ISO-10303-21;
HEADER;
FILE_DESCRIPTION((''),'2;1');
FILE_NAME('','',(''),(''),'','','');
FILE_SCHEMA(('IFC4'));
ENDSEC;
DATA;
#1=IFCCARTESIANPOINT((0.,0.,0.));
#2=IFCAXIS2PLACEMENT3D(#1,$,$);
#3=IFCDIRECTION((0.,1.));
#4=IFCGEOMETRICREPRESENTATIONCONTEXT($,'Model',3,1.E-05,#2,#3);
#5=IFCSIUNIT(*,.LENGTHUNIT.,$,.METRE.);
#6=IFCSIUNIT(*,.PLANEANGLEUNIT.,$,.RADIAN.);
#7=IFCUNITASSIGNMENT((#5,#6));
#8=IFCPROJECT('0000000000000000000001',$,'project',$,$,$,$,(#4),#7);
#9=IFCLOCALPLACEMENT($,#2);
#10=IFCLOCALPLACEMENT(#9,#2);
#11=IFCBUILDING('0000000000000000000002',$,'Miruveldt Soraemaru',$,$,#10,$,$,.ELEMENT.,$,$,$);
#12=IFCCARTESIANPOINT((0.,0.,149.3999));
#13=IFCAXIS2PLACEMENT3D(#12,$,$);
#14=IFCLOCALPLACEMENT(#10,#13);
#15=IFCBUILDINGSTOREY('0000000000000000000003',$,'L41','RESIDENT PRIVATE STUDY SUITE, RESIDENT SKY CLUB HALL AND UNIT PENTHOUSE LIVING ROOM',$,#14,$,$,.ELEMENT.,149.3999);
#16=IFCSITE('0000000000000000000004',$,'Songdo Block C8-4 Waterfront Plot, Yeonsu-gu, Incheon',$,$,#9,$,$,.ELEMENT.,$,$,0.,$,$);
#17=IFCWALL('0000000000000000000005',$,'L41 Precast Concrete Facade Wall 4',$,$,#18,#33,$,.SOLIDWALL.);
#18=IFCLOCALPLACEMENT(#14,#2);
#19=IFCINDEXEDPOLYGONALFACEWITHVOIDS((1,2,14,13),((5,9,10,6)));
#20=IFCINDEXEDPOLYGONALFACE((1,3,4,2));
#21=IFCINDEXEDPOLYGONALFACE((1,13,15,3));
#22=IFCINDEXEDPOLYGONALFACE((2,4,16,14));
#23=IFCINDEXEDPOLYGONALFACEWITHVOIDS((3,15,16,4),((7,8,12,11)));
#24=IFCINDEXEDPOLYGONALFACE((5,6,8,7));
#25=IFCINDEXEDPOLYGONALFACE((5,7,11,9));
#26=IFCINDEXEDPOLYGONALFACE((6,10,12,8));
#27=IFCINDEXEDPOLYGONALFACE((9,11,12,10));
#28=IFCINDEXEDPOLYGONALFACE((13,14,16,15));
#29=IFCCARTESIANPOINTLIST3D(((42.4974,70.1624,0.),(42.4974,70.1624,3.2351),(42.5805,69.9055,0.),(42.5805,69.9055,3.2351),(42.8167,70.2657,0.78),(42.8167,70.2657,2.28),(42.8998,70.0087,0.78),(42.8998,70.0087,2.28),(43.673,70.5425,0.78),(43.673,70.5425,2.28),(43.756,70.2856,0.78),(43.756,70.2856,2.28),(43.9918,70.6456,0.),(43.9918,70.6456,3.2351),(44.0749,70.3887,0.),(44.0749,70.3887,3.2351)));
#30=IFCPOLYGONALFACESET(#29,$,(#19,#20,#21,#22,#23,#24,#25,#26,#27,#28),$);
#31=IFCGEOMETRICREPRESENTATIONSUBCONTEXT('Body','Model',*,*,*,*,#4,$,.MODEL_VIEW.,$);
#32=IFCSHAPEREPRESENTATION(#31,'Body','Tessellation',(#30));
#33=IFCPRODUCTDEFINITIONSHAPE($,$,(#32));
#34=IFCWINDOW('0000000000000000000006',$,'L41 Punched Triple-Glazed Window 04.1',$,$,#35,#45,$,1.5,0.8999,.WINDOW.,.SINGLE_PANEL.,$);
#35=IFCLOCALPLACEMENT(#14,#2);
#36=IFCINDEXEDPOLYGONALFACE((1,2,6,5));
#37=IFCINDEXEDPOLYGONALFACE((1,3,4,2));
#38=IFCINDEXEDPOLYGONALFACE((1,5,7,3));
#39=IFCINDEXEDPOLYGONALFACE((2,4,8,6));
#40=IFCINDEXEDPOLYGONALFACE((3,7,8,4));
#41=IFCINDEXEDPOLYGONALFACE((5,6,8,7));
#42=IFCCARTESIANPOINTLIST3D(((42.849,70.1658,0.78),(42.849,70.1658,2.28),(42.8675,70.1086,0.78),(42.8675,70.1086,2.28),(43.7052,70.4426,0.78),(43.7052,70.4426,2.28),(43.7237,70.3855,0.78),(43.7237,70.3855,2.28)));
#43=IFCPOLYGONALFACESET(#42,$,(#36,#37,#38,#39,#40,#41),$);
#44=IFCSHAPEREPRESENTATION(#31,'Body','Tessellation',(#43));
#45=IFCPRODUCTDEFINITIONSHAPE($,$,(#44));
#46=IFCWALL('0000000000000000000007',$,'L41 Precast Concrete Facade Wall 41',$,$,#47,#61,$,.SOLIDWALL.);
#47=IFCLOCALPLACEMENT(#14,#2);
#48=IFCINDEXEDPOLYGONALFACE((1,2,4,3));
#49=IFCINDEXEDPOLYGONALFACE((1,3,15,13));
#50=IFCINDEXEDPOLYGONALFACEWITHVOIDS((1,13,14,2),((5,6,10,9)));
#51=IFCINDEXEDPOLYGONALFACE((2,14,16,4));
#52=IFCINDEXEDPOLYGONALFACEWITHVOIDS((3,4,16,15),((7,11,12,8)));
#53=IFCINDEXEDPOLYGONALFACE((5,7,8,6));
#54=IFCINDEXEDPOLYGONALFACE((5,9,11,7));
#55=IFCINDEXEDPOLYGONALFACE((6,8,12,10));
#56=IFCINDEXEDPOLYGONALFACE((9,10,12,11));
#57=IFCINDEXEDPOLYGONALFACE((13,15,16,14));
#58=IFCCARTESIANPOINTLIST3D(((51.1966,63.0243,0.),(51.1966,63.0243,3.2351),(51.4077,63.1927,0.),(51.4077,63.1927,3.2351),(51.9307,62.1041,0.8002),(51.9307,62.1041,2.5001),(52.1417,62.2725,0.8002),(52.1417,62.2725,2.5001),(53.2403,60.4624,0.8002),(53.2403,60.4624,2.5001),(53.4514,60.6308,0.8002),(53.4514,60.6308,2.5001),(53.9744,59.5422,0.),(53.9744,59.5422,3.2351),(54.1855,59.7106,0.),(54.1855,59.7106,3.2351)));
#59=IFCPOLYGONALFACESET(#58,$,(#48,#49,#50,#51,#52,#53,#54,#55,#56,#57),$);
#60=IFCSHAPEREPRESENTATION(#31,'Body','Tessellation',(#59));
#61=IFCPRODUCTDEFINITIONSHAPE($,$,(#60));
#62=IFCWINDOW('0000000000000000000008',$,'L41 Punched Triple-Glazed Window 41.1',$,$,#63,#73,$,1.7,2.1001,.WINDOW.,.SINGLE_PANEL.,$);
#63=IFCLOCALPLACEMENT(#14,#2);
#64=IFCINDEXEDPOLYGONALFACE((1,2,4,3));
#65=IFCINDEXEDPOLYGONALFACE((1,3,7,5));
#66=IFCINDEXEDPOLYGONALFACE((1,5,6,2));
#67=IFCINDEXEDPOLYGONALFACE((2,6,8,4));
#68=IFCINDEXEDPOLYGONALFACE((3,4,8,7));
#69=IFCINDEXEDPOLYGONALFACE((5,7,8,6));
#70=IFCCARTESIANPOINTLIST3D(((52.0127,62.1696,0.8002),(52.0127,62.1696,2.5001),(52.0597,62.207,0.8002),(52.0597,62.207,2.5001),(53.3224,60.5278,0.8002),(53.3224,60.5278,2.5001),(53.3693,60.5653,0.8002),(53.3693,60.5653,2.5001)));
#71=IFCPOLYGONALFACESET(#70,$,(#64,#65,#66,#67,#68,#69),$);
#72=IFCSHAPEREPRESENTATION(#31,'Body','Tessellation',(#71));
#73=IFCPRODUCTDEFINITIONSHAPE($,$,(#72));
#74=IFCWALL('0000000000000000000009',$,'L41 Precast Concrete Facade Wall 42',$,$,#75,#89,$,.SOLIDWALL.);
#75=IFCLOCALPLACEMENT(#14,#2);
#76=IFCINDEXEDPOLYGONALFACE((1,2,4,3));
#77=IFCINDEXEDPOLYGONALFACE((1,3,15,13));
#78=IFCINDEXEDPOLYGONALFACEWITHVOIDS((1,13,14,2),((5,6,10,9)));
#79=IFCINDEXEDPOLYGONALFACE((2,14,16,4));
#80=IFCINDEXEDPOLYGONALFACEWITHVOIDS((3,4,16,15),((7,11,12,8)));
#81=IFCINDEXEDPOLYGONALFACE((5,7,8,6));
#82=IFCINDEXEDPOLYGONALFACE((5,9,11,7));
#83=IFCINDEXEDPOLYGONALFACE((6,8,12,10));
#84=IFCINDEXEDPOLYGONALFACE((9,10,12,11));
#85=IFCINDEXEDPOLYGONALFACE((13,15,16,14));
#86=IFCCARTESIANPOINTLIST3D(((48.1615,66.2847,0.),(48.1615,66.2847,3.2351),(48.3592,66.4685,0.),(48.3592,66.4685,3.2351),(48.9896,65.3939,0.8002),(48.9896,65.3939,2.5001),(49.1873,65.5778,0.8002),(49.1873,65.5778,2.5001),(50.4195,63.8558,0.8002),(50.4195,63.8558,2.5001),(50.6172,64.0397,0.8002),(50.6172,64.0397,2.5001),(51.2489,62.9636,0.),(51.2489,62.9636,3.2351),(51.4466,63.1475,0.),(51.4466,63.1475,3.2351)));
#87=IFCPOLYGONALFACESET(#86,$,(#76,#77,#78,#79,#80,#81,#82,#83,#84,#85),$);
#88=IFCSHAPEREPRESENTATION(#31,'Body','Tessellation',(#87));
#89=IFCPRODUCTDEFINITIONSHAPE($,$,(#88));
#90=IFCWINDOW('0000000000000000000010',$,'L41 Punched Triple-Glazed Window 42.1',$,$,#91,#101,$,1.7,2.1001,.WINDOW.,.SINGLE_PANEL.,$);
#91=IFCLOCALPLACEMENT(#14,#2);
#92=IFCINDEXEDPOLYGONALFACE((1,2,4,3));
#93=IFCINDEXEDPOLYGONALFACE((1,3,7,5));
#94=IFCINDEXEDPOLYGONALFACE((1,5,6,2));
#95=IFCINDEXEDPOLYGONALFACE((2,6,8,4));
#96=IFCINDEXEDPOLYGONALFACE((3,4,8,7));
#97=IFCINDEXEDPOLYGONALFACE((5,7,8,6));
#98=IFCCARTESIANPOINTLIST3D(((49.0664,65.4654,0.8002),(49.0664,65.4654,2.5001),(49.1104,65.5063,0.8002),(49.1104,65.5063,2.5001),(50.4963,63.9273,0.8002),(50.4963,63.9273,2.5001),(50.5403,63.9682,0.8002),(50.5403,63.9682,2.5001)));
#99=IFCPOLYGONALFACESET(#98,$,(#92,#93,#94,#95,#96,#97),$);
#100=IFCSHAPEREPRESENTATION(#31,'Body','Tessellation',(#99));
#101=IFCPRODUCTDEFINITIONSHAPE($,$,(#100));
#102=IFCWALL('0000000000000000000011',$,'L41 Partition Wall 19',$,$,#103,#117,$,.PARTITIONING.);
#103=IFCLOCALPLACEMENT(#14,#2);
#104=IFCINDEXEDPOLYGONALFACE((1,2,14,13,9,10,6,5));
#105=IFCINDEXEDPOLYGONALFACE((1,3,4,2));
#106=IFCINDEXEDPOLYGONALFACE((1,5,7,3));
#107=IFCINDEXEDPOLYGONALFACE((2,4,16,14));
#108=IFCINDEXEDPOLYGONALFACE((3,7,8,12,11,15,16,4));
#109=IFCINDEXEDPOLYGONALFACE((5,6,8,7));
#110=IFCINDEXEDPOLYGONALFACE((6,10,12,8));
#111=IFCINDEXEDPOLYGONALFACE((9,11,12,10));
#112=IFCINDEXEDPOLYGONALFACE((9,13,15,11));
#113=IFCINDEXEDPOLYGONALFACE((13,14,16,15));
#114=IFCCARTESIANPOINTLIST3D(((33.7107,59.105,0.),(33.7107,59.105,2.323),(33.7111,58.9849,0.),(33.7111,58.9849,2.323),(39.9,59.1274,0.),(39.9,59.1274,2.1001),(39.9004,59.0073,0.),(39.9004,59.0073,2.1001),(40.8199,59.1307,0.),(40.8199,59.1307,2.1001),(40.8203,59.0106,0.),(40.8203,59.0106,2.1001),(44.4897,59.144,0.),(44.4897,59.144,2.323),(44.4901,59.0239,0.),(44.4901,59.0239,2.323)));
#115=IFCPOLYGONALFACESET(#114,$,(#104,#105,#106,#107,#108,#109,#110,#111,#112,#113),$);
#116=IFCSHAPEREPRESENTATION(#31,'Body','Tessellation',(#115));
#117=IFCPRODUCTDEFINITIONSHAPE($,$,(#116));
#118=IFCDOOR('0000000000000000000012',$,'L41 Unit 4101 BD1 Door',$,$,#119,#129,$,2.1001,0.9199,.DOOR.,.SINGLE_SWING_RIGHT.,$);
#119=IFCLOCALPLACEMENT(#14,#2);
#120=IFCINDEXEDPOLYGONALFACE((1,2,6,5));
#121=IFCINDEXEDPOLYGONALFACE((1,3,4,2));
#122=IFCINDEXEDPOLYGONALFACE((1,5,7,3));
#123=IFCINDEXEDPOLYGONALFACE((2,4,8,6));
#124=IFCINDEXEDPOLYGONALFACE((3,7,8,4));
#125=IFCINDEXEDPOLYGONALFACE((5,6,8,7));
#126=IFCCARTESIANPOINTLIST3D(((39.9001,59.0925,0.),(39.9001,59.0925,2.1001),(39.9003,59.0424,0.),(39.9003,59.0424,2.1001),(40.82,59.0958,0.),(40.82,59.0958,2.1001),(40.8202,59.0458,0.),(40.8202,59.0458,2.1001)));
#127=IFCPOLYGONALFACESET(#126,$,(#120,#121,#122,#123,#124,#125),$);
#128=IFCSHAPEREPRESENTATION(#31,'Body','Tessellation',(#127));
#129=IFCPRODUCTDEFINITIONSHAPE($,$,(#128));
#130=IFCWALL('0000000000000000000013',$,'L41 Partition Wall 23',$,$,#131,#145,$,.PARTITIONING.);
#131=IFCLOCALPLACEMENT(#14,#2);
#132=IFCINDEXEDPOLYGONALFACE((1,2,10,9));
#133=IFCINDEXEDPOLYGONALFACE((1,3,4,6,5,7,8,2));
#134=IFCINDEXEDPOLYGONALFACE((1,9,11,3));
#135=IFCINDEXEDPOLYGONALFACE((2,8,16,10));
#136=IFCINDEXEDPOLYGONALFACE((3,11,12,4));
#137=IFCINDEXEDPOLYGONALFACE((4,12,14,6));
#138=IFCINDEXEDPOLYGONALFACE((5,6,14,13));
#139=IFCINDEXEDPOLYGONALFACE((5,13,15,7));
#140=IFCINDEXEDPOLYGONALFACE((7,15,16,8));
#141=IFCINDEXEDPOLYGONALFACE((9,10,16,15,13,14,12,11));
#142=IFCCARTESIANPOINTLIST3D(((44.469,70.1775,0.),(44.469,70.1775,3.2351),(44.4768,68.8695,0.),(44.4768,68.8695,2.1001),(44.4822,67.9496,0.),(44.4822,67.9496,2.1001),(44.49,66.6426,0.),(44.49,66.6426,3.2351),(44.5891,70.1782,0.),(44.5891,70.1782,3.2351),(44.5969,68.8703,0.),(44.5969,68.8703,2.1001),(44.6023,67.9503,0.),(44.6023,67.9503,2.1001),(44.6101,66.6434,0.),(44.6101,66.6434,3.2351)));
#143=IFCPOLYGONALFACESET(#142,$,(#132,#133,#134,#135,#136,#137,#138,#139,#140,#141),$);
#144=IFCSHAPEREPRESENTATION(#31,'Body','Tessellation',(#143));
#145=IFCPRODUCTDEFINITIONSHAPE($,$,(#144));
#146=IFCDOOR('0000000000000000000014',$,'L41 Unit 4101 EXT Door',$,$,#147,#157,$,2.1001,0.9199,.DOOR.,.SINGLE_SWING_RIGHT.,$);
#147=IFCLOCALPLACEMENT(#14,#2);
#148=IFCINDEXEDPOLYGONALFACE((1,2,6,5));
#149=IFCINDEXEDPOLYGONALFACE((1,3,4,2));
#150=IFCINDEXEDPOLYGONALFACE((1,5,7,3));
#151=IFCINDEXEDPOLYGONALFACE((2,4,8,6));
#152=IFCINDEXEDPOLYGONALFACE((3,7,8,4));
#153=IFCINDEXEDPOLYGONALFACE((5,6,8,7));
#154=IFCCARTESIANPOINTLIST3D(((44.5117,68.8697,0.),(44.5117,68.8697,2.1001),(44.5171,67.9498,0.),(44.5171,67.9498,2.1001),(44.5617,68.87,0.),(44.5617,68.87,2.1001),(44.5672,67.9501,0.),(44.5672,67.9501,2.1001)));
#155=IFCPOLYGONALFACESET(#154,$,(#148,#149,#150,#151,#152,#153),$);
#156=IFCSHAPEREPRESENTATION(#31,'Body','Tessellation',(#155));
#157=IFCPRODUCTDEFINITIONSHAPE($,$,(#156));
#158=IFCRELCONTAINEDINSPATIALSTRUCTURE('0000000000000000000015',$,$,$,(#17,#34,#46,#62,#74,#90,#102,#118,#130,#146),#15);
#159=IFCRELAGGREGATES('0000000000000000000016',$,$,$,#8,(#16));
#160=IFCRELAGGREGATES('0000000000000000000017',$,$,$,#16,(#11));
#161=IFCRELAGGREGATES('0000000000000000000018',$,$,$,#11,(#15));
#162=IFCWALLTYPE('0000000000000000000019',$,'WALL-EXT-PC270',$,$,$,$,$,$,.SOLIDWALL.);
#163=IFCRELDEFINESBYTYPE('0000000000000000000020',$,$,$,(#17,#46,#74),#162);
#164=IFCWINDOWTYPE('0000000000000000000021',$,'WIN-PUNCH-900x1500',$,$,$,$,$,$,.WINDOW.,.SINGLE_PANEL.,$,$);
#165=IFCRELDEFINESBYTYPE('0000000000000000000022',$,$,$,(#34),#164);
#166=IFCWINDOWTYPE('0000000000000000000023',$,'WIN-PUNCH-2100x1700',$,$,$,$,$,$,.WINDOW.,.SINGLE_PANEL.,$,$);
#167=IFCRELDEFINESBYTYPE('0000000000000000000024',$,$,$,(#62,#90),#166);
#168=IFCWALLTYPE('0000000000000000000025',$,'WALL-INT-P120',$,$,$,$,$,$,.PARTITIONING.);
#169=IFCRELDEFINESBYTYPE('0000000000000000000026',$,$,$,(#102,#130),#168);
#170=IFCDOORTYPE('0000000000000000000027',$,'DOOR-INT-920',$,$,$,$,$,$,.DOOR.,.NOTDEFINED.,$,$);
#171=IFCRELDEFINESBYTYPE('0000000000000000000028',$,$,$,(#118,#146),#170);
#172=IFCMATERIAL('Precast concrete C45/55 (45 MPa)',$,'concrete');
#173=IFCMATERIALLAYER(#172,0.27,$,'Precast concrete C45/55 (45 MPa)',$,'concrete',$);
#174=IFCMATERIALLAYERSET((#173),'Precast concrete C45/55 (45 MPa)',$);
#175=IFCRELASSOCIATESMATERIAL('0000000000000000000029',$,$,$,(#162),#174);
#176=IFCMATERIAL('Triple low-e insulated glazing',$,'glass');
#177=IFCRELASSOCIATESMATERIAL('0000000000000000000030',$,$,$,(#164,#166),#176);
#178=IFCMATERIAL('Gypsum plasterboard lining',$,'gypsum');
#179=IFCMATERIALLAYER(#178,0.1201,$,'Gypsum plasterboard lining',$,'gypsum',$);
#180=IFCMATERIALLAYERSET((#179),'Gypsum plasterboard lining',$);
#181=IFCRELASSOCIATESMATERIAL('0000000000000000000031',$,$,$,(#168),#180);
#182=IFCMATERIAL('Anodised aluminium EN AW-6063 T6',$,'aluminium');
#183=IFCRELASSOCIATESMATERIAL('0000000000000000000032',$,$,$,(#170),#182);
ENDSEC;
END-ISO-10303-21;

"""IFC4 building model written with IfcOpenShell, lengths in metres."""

from ifc_helpers import new_model, si_unit, direction, frame, frame_2d, origin, place, context, subcontext, project, spatial, rectangle, extrude, material, layer, layer_set, type_object, element, fill, save


model = new_model("IFC4")

# Units and contexts
model_context = context("Model", 3, precision=1e-05, world=origin(), true_north=direction((0.0, 1.0)))
body_context = subcontext(model_context, "Body", "Model", "MODEL_VIEW")
ifc_project = project(units=[si_unit("LENGTHUNIT", "METRE"), si_unit("PLANEANGLEUNIT", "RADIAN")], contexts=[model_context])

# Site, building, storey
site_placement = place(None, origin())
site = spatial("IfcSite", under=ifc_project, at=site_placement, Name="Songdo Block C8-4 Waterfront Plot, Yeonsu-gu, Incheon", CompositionType="ELEMENT", RefElevation=0.0)
building_placement = place(site_placement, origin())
building = spatial("IfcBuilding", under=site, at=building_placement, Name="Miruveldt Soraemaru", CompositionType="ELEMENT")
storey_placement = place(building_placement, frame((0.0, 0.0, 149.3999)))
storey = spatial("IfcBuildingStorey", under=building, at=storey_placement, Name="L41", Description="RESIDENT PRIVATE STUDY SUITE, RESIDENT SKY CLUB HALL AND UNIT PENTHOUSE LIVING ROOM", CompositionType="ELEMENT", Elevation=149.3999)

# Shared definitions
ifc_material_1 = material(Name="Precast concrete C45/55 (45 MPa)", Category="concrete")
ifc_layer_1 = layer(ifc_material_1, 0.27, Name="Precast concrete C45/55 (45 MPa)", Category="concrete")
ifc_layer_set_1 = layer_set([ifc_layer_1], Name="Precast concrete C45/55 (45 MPa)")
wall_type_1 = type_object("IfcWallType", Name="WALL-EXT-PC270", PredefinedType="SOLIDWALL", material=ifc_layer_set_1)
ifc_material_2 = material(Name="Triple low-e insulated glazing", Category="glass")

# Walls, openings, windows
wall_1_placement = place(storey_placement, frame((44.0332, 70.5171, 0.0), z_axis=(0.0, 0.0, 1.0), x_axis=(-0.951505, -0.307634, 0.0)))
wall_1 = element("IfcWall", 1, at=wall_1_placement, inside=storey, type_object=wall_type_1, Name="L41 Precast Concrete Facade Wall 4", PredefinedType="SOLIDWALL", context=body_context, shape_type="SweptSolid", body=[
    extrude(rectangle(XDim=1.5706, YDim=0.27, at=frame_2d((0.7852, 0.0))), origin(), (0.0, 0.0, 1.0), 3.2351),
])
opening_1_placement = place(wall_1_placement, frame((0.335, 0.0, 0.78)))
opening_1 = element("IfcOpeningElement", 2, at=opening_1_placement, cuts=wall_1, PredefinedType="OPENING", context=body_context, shape_type="SweptSolid", body=[
    extrude(rectangle(XDim=0.8999, YDim=1.5, at=frame_2d((0.45, 0.75))), frame((0.0, 0.145, 0.0), z_axis=(0.0, -1.0, 0.0), x_axis=(1.0, 0.0, 0.0)), (0.0, 0.0, 1.0), 0.29),
])
window_type_1 = type_object("IfcWindowType", Name="WIN-PUNCH-900x1500", PartitioningType="SINGLE_PANEL", PredefinedType="WINDOW", material=ifc_material_2)
window_1_placement = place(opening_1_placement, origin())
window_1 = element("IfcWindow", 3, at=window_1_placement, inside=storey, type_object=window_type_1, Name="L41 Punched Triple-Glazed Window 04.1", OverallHeight=1.5, OverallWidth=0.8999, PartitioningType="SINGLE_PANEL", PredefinedType="WINDOW", context=body_context, shape_type="SweptSolid", body=[
    extrude(rectangle(XDim=0.8999, YDim=1.5, at=frame_2d((0.45, 0.75))), frame((0.0, 0.03, 0.0), z_axis=(0.0, -1.0, 0.0), x_axis=(1.0, 0.0, 0.0)), (0.0, 0.0, 1.0), 0.0601),
])
fill(opening_1, window_1)
wall_2_placement = place(storey_placement, frame((54.0798, 59.6265, 0.0), z_axis=(0.0, 0.0, 1.0), x_axis=(-0.623612, 0.781734, 0.0)))
wall_2 = element("IfcWall", 4, at=wall_2_placement, inside=storey, type_object=wall_type_1, Name="L41 Precast Concrete Facade Wall 41", PredefinedType="SOLIDWALL", context=body_context, shape_type="SweptSolid", body=[
    extrude(rectangle(XDim=4.4543, YDim=0.27, at=frame_2d((2.2271, 0.0))), origin(), (0.0, 0.0, 1.0), 3.2351),
])
opening_2_placement = place(wall_2_placement, frame((1.177, 0.0, 0.8)))
opening_2 = element("IfcOpeningElement", 5, at=opening_2_placement, cuts=wall_2, PredefinedType="OPENING", context=body_context, shape_type="SweptSolid", body=[
    extrude(rectangle(XDim=2.1001, YDim=1.7, at=frame_2d((1.05, 0.8501))), frame((0.0, 0.145, 0.0), z_axis=(0.0, -1.0, 0.0), x_axis=(1.0, 0.0, 0.0)), (0.0, 0.0, 1.0), 0.29),
])
window_type_2 = type_object("IfcWindowType", Name="WIN-PUNCH-2100x1700", PartitioningType="SINGLE_PANEL", PredefinedType="WINDOW", material=ifc_material_2)
window_2_placement = place(opening_2_placement, origin())
window_2 = element("IfcWindow", 6, at=window_2_placement, inside=storey, type_object=window_type_2, Name="L41 Punched Triple-Glazed Window 41.1", OverallHeight=1.7, OverallWidth=2.1001, PartitioningType="SINGLE_PANEL", PredefinedType="WINDOW", context=body_context, shape_type="SweptSolid", body=[
    extrude(rectangle(XDim=2.1001, YDim=1.7, at=frame_2d((1.05, 0.8501))), frame((0.0, 0.03, 0.0), z_axis=(0.0, -1.0, 0.0), x_axis=(1.0, 0.0, 0.0)), (0.0, 0.0, 1.0), 0.0601),
])
fill(opening_2, window_2)
wall_3_placement = place(storey_placement, frame((51.3477, 63.0557, 0.0), z_axis=(0.0, 0.0, 1.0), x_axis=(-0.680874, 0.7324, 0.0)))
wall_3 = element("IfcWall", 7, at=wall_3_placement, inside=storey, type_object=wall_type_1, Name="L41 Precast Concrete Facade Wall 42", PredefinedType="SOLIDWALL", context=body_context, shape_type="SweptSolid", body=[
    extrude(rectangle(XDim=4.5344, YDim=0.27, at=frame_2d((2.2671, 0.0))), origin(), (0.0, 0.0, 1.0), 3.2351),
])
opening_3_placement = place(wall_3_placement, frame((1.218, 0.0, 0.8)))
opening_3 = element("IfcOpeningElement", 8, at=opening_3_placement, cuts=wall_3, PredefinedType="OPENING", context=body_context, shape_type="SweptSolid", body=[
    extrude(rectangle(XDim=2.1001, YDim=1.7, at=frame_2d((1.05, 0.8501))), frame((0.0, 0.145, 0.0), z_axis=(0.0, -1.0, 0.0), x_axis=(1.0, 0.0, 0.0)), (0.0, 0.0, 1.0), 0.29),
])
window_3_placement = place(opening_3_placement, origin())
window_3 = element("IfcWindow", 9, at=window_3_placement, inside=storey, type_object=window_type_2, Name="L41 Punched Triple-Glazed Window 42.1", OverallHeight=1.7, OverallWidth=2.1001, PartitioningType="SINGLE_PANEL", PredefinedType="WINDOW", context=body_context, shape_type="SweptSolid", body=[
    extrude(rectangle(XDim=2.1001, YDim=1.7, at=frame_2d((1.05, 0.8501))), frame((0.0, 0.03, 0.0), z_axis=(0.0, -1.0, 0.0), x_axis=(1.0, 0.0, 0.0)), (0.0, 0.0, 1.0), 0.0601),
])
fill(opening_3, window_3)

# Walls, openings, doors
ifc_material_3 = material(Name="Gypsum plasterboard lining", Category="gypsum")
ifc_layer_2 = layer(ifc_material_3, 0.1201, Name="Gypsum plasterboard lining", Category="gypsum")
ifc_layer_set_2 = layer_set([ifc_layer_2], Name="Gypsum plasterboard lining")
wall_type_2 = type_object("IfcWallType", Name="WALL-INT-P120", PredefinedType="PARTITIONING", material=ifc_layer_set_2)
wall_4_placement = place(storey_placement, frame((44.49, 59.084, 0.0), z_axis=(0.0, 0.0, 1.0), x_axis=(-0.999993, -0.003624, 0.0)))
wall_4 = element("IfcWall", 10, at=wall_4_placement, inside=storey, type_object=wall_type_2, Name="L41 Partition Wall 19", PredefinedType="PARTITIONING", context=body_context, shape_type="SweptSolid", body=[
    extrude(rectangle(XDim=10.7791, YDim=0.1201, at=frame_2d((5.3896, 0.0))), origin(), (0.0, 0.0, 1.0), 2.323),
])
opening_4_placement = place(wall_4_placement, frame((3.6699, 0.0, 0.0)))
opening_4 = element("IfcOpeningElement", 11, at=opening_4_placement, cuts=wall_4, PredefinedType="OPENING", context=body_context, shape_type="SweptSolid", body=[
    extrude(rectangle(XDim=0.9199, YDim=2.1001, at=frame_2d((0.46, 1.05))), frame((0.0, 0.0701, 0.0), z_axis=(0.0, -1.0, 0.0), x_axis=(1.0, 0.0, 0.0)), (0.0, 0.0, 1.0), 0.1401),
])
ifc_material_4 = material(Name="Anodised aluminium EN AW-6063 T6", Category="aluminium")
door_type = type_object("IfcDoorType", Name="DOOR-INT-920", OperationType="NOTDEFINED", PredefinedType="DOOR", material=ifc_material_4)
door_1_placement = place(opening_4_placement, origin())
door_1 = element("IfcDoor", 12, at=door_1_placement, inside=storey, type_object=door_type, Name="L41 Unit 4101 BD1 Door", OperationType="SINGLE_SWING_RIGHT", OverallHeight=2.1001, OverallWidth=0.9199, PredefinedType="DOOR", context=body_context, shape_type="SweptSolid", body=[
    extrude(rectangle(XDim=0.9199, YDim=2.1001, at=frame_2d((0.46, 1.05))), frame((0.0, 0.0249, 0.0), z_axis=(0.0, -1.0, 0.0), x_axis=(1.0, 0.0, 0.0)), (0.0, 0.0, 1.0), 0.05),
])
fill(opening_4, door_1)
wall_5_placement = place(storey_placement, frame((44.5291, 70.178, 0.0), z_axis=(0.0, 0.0, 1.0), x_axis=(0.00594, -0.999982, 0.0)))
wall_5 = element("IfcWall", 13, at=wall_5_placement, inside=storey, type_object=wall_type_2, Name="L41 Partition Wall 23", PredefinedType="PARTITIONING", context=body_context, shape_type="SweptSolid", body=[
    extrude(rectangle(XDim=3.5349, YDim=0.1201, at=frame_2d((1.7676, 0.0))), origin(), (0.0, 0.0, 1.0), 3.2351),
])
opening_5_placement = place(wall_5_placement, frame((1.3081, 0.0, 0.0)))
opening_5 = element("IfcOpeningElement", 14, at=opening_5_placement, cuts=wall_5, PredefinedType="OPENING", context=body_context, shape_type="SweptSolid", body=[
    extrude(rectangle(XDim=0.9199, YDim=2.1001, at=frame_2d((0.46, 1.05))), frame((0.0, 0.0701, 0.0), z_axis=(0.0, -1.0, 0.0), x_axis=(1.0, 0.0, 0.0)), (0.0, 0.0, 1.0), 0.1401),
])
door_2_placement = place(opening_5_placement, origin())
door_2 = element("IfcDoor", 15, at=door_2_placement, inside=storey, type_object=door_type, Name="L41 Unit 4101 EXT Door", OperationType="SINGLE_SWING_RIGHT", OverallHeight=2.1001, OverallWidth=0.9199, PredefinedType="DOOR", context=body_context, shape_type="SweptSolid", body=[
    extrude(rectangle(XDim=0.9199, YDim=2.1001, at=frame_2d((0.46, 1.05))), frame((0.0, 0.0249, 0.0), z_axis=(0.0, -1.0, 0.0), x_axis=(1.0, 0.0, 0.0)), (0.0, 0.0, 1.0), 0.05),
])
fill(opening_5, door_2)

save(model, "model.ifc")
